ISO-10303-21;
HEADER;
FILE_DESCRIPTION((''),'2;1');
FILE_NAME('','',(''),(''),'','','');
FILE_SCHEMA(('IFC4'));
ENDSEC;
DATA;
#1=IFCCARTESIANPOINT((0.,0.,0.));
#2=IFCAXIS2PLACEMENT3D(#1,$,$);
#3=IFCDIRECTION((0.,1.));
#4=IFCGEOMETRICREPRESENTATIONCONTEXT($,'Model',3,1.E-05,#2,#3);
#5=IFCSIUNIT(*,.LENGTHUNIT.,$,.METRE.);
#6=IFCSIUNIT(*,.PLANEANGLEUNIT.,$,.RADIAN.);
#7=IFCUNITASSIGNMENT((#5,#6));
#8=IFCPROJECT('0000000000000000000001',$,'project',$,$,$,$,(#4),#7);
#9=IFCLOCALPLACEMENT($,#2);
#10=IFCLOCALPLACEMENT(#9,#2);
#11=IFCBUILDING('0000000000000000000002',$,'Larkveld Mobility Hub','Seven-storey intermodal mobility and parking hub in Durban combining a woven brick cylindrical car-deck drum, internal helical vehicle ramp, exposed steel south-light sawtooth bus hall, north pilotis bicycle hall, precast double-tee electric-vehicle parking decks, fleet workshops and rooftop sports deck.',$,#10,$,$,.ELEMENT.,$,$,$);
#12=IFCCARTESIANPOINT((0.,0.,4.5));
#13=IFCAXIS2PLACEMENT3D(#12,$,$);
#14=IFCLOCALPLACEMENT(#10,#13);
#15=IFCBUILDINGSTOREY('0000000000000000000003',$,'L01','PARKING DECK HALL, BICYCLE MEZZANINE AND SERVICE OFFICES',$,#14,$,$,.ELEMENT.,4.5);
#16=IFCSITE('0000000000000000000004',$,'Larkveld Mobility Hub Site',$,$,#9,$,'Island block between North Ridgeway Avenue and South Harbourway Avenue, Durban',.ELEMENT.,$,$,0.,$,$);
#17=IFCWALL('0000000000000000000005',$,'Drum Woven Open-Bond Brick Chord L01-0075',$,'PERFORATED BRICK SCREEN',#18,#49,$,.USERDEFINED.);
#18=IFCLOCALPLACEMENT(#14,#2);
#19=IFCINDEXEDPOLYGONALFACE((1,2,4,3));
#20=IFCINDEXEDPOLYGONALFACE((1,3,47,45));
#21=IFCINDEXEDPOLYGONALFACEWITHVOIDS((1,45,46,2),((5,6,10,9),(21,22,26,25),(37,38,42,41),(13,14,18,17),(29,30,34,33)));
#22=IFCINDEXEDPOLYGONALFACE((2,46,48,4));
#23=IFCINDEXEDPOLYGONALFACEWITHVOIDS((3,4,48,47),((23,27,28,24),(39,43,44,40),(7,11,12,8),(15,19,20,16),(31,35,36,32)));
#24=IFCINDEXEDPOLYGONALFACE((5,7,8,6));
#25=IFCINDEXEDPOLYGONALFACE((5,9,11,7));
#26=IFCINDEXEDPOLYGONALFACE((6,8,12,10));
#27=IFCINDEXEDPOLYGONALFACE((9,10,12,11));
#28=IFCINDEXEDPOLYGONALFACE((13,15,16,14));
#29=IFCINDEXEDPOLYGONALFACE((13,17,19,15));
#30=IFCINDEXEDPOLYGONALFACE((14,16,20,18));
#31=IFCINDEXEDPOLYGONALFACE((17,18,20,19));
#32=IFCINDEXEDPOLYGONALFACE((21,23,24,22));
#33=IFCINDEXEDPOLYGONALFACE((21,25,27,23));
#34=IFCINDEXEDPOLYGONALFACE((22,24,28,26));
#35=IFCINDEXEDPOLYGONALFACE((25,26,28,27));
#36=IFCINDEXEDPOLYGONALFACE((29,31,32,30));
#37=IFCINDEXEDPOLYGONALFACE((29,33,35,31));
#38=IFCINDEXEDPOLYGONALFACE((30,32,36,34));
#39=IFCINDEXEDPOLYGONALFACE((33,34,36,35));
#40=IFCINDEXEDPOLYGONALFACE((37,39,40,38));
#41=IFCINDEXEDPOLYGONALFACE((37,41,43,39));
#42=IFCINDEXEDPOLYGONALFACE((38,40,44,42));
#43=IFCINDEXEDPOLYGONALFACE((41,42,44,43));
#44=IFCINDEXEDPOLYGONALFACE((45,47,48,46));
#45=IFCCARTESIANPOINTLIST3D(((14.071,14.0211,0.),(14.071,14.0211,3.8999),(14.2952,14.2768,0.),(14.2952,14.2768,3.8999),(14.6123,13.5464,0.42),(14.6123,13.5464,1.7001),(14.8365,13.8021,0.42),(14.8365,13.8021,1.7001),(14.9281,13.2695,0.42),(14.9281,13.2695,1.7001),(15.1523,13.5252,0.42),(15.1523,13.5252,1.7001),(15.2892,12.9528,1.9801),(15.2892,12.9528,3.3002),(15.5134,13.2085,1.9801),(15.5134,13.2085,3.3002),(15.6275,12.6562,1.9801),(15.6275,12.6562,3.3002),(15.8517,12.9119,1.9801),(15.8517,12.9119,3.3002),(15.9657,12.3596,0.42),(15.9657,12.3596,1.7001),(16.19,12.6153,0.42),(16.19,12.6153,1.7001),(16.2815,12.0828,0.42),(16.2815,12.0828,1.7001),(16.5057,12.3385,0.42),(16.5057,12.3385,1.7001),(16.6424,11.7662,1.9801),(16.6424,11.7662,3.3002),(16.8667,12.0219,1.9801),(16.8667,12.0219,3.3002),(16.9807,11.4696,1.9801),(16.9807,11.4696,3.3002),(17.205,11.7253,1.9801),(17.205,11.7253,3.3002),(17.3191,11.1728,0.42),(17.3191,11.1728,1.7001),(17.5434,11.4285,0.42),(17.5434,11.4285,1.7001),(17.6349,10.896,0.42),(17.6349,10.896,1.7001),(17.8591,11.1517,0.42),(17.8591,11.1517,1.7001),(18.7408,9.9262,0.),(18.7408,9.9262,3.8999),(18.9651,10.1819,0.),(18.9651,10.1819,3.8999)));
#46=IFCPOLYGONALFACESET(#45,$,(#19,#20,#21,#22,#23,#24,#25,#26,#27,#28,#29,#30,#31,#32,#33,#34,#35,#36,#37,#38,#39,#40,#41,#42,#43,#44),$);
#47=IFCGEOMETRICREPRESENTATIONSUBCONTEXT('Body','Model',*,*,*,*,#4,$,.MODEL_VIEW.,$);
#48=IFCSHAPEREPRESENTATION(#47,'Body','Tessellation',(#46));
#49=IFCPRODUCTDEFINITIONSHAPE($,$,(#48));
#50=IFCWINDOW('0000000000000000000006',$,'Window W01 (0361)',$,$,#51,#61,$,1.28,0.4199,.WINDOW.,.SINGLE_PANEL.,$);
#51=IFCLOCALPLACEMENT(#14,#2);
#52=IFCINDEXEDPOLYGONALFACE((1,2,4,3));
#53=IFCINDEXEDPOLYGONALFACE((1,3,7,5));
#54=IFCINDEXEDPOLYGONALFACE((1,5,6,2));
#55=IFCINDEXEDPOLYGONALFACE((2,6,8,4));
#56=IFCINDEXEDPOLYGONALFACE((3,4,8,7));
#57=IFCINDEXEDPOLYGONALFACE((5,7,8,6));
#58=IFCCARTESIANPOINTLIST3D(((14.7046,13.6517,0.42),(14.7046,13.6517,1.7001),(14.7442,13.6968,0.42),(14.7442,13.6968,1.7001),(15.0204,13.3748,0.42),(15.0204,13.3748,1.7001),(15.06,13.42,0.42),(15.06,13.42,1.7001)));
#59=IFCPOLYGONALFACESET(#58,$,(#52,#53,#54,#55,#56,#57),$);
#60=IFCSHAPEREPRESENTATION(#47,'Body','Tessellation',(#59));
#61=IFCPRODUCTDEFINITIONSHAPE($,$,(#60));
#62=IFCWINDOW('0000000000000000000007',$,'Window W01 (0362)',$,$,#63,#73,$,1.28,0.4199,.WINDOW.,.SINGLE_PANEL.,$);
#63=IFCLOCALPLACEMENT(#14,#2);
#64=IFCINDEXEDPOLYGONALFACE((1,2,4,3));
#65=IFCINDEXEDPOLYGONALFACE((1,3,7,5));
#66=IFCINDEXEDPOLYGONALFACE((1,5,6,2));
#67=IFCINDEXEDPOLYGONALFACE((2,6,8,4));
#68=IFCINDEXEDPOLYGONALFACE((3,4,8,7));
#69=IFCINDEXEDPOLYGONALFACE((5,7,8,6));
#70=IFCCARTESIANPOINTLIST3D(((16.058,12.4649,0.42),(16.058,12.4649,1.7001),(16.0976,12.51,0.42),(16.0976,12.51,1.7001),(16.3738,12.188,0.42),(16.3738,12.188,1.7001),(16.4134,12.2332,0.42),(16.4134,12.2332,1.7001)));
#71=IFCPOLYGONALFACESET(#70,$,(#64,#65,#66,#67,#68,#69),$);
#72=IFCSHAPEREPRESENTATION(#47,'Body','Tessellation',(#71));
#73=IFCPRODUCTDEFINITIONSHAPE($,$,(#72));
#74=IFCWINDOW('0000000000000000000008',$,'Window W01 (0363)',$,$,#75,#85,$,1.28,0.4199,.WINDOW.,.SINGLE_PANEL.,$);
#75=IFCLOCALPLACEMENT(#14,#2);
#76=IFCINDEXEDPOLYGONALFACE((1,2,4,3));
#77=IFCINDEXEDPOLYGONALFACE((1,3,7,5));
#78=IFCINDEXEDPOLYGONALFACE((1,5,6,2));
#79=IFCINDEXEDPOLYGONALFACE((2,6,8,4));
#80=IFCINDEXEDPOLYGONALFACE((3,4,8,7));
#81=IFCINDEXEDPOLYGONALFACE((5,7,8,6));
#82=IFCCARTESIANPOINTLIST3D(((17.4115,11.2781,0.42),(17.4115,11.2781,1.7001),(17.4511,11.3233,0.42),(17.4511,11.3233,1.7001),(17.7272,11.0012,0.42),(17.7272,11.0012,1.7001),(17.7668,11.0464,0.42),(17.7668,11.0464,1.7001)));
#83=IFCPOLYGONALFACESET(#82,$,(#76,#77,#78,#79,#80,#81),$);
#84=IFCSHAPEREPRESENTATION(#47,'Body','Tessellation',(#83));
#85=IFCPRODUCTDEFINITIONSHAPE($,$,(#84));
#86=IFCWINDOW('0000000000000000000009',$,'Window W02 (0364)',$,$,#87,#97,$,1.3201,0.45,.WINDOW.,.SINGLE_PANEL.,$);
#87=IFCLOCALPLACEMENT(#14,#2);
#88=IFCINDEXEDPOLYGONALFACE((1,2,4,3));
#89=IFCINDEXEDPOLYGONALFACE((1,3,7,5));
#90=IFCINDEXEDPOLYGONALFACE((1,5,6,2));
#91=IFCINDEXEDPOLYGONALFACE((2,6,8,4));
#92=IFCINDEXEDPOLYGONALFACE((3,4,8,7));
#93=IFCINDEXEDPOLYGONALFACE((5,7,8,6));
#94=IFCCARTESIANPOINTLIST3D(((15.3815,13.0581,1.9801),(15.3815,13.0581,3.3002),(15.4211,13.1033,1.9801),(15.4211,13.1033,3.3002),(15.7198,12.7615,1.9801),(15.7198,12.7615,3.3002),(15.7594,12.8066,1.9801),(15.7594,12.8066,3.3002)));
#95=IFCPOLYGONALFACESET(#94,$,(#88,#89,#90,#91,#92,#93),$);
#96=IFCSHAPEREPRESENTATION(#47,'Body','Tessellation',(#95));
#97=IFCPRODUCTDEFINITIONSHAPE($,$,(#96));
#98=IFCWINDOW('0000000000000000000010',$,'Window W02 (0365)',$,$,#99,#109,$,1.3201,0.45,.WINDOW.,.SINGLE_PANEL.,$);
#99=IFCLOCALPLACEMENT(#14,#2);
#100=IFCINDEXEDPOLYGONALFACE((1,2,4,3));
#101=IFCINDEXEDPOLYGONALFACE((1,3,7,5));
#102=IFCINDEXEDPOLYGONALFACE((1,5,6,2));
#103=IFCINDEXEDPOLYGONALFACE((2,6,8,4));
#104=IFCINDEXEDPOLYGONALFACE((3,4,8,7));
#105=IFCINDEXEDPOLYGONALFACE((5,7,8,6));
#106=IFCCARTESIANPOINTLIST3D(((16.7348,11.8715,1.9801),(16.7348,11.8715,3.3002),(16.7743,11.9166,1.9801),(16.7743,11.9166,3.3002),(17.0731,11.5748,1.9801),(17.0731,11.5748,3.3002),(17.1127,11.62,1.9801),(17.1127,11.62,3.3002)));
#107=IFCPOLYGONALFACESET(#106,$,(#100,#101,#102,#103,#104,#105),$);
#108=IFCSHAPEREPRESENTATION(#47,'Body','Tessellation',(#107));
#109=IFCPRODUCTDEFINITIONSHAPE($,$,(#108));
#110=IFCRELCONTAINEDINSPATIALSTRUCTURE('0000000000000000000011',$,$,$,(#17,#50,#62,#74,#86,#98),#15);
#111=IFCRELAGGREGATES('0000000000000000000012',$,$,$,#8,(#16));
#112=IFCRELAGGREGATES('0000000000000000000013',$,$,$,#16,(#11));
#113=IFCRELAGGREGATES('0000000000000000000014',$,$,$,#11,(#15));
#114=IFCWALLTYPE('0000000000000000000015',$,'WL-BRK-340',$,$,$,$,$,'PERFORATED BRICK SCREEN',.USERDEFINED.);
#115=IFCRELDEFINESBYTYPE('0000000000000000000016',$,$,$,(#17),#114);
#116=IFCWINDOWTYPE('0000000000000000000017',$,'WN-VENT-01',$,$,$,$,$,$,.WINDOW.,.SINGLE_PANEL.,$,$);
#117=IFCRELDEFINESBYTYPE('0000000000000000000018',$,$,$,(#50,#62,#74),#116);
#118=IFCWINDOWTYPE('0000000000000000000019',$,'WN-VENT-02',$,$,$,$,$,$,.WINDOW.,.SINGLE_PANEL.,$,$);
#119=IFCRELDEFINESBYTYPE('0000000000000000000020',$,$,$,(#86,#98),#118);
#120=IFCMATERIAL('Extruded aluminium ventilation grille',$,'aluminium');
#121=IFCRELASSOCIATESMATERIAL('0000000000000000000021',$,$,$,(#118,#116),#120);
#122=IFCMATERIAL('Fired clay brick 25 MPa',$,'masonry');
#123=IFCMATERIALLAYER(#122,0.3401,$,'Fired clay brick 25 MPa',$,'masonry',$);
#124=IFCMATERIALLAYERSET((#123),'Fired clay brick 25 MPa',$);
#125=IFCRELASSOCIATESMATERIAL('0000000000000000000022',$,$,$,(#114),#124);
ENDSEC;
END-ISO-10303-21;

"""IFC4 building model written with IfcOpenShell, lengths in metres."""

from ifc_helpers import new_model, si_unit, direction, frame, frame_2d, origin, place, context, subcontext, project, spatial, rectangle, extrude, material, layer, layer_set, type_object, element, fill, save


model = new_model("IFC4")

# Units and contexts
model_context = context("Model", 3, precision=1e-05, world=origin(), true_north=direction((0.0, 1.0)))
body_context = subcontext(model_context, "Body", "Model", "MODEL_VIEW")
ifc_project = project(units=[si_unit("LENGTHUNIT", "METRE"), si_unit("PLANEANGLEUNIT", "RADIAN")], contexts=[model_context])

# Site, building, storey
site_placement = place(None, origin())
site = spatial("IfcSite", under=ifc_project, at=site_placement, Name="Larkveld Mobility Hub Site", LongName="Island block between North Ridgeway Avenue and South Harbourway Avenue, Durban", CompositionType="ELEMENT", RefElevation=0.0)
building_placement = place(site_placement, origin())
building = spatial("IfcBuilding", under=site, at=building_placement, Name="Larkveld Mobility Hub", Description="Seven-storey intermodal mobility and parking hub in Durban combining a woven brick cylindrical car-deck drum, internal helical vehicle ramp, exposed steel south-light sawtooth bus hall, north pilotis bicycle hall, precast double-tee electric-vehicle parking decks, fleet workshops and rooftop sports deck.", CompositionType="ELEMENT")
storey_placement = place(building_placement, frame((0.0, 0.0, 4.5)))
storey = spatial("IfcBuildingStorey", under=building, at=storey_placement, Name="L01", Description="PARKING DECK HALL, BICYCLE MEZZANINE AND SERVICE OFFICES", CompositionType="ELEMENT", Elevation=4.5)

# Wall, openings, windows
ifc_material_1 = material(Name="Fired clay brick 25 MPa", Category="masonry")
ifc_material_2 = material(Name="Extruded aluminium ventilation grille", Category="aluminium")
window_type_1 = type_object("IfcWindowType", Name="WN-VENT-02", PartitioningType="SINGLE_PANEL", PredefinedType="WINDOW", material=ifc_material_2)
ifc_layer_1 = layer(ifc_material_1, 0.3401, Name="Fired clay brick 25 MPa", Category="masonry")
ifc_layer_set_1 = layer_set([ifc_layer_1], Name="Fired clay brick 25 MPa")
wall_type_1 = type_object("IfcWallType", Name="WL-BRK-340", ElementType="PERFORATED BRICK SCREEN", PredefinedType="USERDEFINED", material=ifc_layer_set_1)
wall_1_placement = place(storey_placement, frame((14.1831, 14.1489, 0.0), z_axis=(0.0, 0.0, 1.0), x_axis=(0.751875, -0.659306, 0.0)))
wall_1 = element("IfcWall", 1, at=wall_1_placement, inside=storey, type_object=wall_type_1, Name="Drum Woven Open-Bond Brick Chord L01-0075", ObjectType="PERFORATED BRICK SCREEN", PredefinedType="USERDEFINED", context=body_context, shape_type="SweptSolid", body=[
    extrude(rectangle(XDim=6.2109, YDim=0.3401, at=frame_2d((3.1055, 0.0))), origin(), (0.0, 0.0, 1.0), 3.8999),
])
opening_1_placement = place(wall_1_placement, frame((0.72, 0.0, 0.4199)))
opening_1 = element("IfcOpeningElement", 2, at=opening_1_placement, cuts=wall_1, PredefinedType="OPENING", context=body_context, shape_type="SweptSolid", body=[
    extrude(rectangle(XDim=0.4199, YDim=1.28, at=frame_2d((0.21, 0.6401))), frame((0.0, 0.1802, 0.0), z_axis=(0.0, -1.0, 0.0), x_axis=(1.0, 0.0, 0.0)), (0.0, 0.0, 1.0), 0.3601),
])
opening_2_placement = place(wall_1_placement, frame((2.52, 0.0, 0.4199)))
opening_2 = element("IfcOpeningElement", 3, at=opening_2_placement, cuts=wall_1, PredefinedType="OPENING", context=body_context, shape_type="SweptSolid", body=[
    extrude(rectangle(XDim=0.4199, YDim=1.28, at=frame_2d((0.21, 0.6401))), frame((0.0, 0.1802, 0.0), z_axis=(0.0, -1.0, 0.0), x_axis=(1.0, 0.0, 0.0)), (0.0, 0.0, 1.0), 0.3601),
])
opening_3_placement = place(wall_1_placement, frame((4.3201, 0.0, 0.4199)))
opening_3 = element("IfcOpeningElement", 4, at=opening_3_placement, cuts=wall_1, PredefinedType="OPENING", context=body_context, shape_type="SweptSolid", body=[
    extrude(rectangle(XDim=0.4199, YDim=1.28, at=frame_2d((0.21, 0.6401))), frame((0.0, 0.1802, 0.0), z_axis=(0.0, -1.0, 0.0), x_axis=(1.0, 0.0, 0.0)), (0.0, 0.0, 1.0), 0.3601),
])
opening_4_placement = place(wall_1_placement, frame((1.6201, 0.0, 1.98)))
opening_4 = element("IfcOpeningElement", 5, at=opening_4_placement, cuts=wall_1, PredefinedType="OPENING", context=body_context, shape_type="SweptSolid", body=[
    extrude(rectangle(XDim=0.45, YDim=1.3201, at=frame_2d((0.2251, 0.6602))), frame((0.0, 0.1802, 0.0), z_axis=(0.0, -1.0, 0.0), x_axis=(1.0, 0.0, 0.0)), (0.0, 0.0, 1.0), 0.3601),
])
opening_5_placement = place(wall_1_placement, frame((3.4199, 0.0, 1.98)))
opening_5 = element("IfcOpeningElement", 6, at=opening_5_placement, cuts=wall_1, PredefinedType="OPENING", context=body_context, shape_type="SweptSolid", body=[
    extrude(rectangle(XDim=0.45, YDim=1.3201, at=frame_2d((0.2251, 0.6602))), frame((0.0, 0.1802, 0.0), z_axis=(0.0, -1.0, 0.0), x_axis=(1.0, 0.0, 0.0)), (0.0, 0.0, 1.0), 0.3601),
])
window_type_2 = type_object("IfcWindowType", Name="WN-VENT-01", PartitioningType="SINGLE_PANEL", PredefinedType="WINDOW", material=ifc_material_2)
window_1_placement = place(opening_1_placement, origin())
window_1 = element("IfcWindow", 7, at=window_1_placement, inside=storey, type_object=window_type_2, Name="Window W01 (0361)", OverallHeight=1.28, OverallWidth=0.4199, PartitioningType="SINGLE_PANEL", PredefinedType="WINDOW", context=body_context, shape_type="SweptSolid", body=[
    extrude(rectangle(XDim=0.4199, YDim=1.28, at=frame_2d((0.21, 0.6401))), frame((0.0, 0.03, 0.0), z_axis=(0.0, -1.0, 0.0), x_axis=(1.0, 0.0, 0.0)), (0.0, 0.0, 1.0), 0.0601),
])
fill(opening_1, window_1)
window_2_placement = place(opening_2_placement, origin())
window_2 = element("IfcWindow", 8, at=window_2_placement, inside=storey, type_object=window_type_2, Name="Window W01 (0362)", OverallHeight=1.28, OverallWidth=0.4199, PartitioningType="SINGLE_PANEL", PredefinedType="WINDOW", context=body_context, shape_type="SweptSolid", body=[
    extrude(rectangle(XDim=0.4199, YDim=1.28, at=frame_2d((0.21, 0.6401))), frame((0.0, 0.03, 0.0), z_axis=(0.0, -1.0, 0.0), x_axis=(1.0, 0.0, 0.0)), (0.0, 0.0, 1.0), 0.0601),
])
fill(opening_2, window_2)
window_3_placement = place(opening_3_placement, origin())
window_3 = element("IfcWindow", 9, at=window_3_placement, inside=storey, type_object=window_type_2, Name="Window W01 (0363)", OverallHeight=1.28, OverallWidth=0.4199, PartitioningType="SINGLE_PANEL", PredefinedType="WINDOW", context=body_context, shape_type="SweptSolid", body=[
    extrude(rectangle(XDim=0.4199, YDim=1.28, at=frame_2d((0.21, 0.6401))), frame((0.0, 0.03, 0.0), z_axis=(0.0, -1.0, 0.0), x_axis=(1.0, 0.0, 0.0)), (0.0, 0.0, 1.0), 0.0601),
])
fill(opening_3, window_3)
window_4_placement = place(opening_4_placement, origin())
window_4 = element("IfcWindow", 10, at=window_4_placement, inside=storey, type_object=window_type_1, Name="Window W02 (0364)", OverallHeight=1.3201, OverallWidth=0.45, PartitioningType="SINGLE_PANEL", PredefinedType="WINDOW", context=body_context, shape_type="SweptSolid", body=[
    extrude(rectangle(XDim=0.45, YDim=1.3201, at=frame_2d((0.2251, 0.6602))), frame((0.0, 0.03, 0.0), z_axis=(0.0, -1.0, 0.0), x_axis=(1.0, 0.0, 0.0)), (0.0, 0.0, 1.0), 0.0601),
])
fill(opening_4, window_4)
window_5_placement = place(opening_5_placement, origin())
window_5 = element("IfcWindow", 11, at=window_5_placement, inside=storey, type_object=window_type_1, Name="Window W02 (0365)", OverallHeight=1.3201, OverallWidth=0.45, PartitioningType="SINGLE_PANEL", PredefinedType="WINDOW", context=body_context, shape_type="SweptSolid", body=[
    extrude(rectangle(XDim=0.45, YDim=1.3201, at=frame_2d((0.2251, 0.6602))), frame((0.0, 0.03, 0.0), z_axis=(0.0, -1.0, 0.0), x_axis=(1.0, 0.0, 0.0)), (0.0, 0.0, 1.0), 0.0601),
])
fill(opening_5, window_5)

save(model, "model.ifc")
